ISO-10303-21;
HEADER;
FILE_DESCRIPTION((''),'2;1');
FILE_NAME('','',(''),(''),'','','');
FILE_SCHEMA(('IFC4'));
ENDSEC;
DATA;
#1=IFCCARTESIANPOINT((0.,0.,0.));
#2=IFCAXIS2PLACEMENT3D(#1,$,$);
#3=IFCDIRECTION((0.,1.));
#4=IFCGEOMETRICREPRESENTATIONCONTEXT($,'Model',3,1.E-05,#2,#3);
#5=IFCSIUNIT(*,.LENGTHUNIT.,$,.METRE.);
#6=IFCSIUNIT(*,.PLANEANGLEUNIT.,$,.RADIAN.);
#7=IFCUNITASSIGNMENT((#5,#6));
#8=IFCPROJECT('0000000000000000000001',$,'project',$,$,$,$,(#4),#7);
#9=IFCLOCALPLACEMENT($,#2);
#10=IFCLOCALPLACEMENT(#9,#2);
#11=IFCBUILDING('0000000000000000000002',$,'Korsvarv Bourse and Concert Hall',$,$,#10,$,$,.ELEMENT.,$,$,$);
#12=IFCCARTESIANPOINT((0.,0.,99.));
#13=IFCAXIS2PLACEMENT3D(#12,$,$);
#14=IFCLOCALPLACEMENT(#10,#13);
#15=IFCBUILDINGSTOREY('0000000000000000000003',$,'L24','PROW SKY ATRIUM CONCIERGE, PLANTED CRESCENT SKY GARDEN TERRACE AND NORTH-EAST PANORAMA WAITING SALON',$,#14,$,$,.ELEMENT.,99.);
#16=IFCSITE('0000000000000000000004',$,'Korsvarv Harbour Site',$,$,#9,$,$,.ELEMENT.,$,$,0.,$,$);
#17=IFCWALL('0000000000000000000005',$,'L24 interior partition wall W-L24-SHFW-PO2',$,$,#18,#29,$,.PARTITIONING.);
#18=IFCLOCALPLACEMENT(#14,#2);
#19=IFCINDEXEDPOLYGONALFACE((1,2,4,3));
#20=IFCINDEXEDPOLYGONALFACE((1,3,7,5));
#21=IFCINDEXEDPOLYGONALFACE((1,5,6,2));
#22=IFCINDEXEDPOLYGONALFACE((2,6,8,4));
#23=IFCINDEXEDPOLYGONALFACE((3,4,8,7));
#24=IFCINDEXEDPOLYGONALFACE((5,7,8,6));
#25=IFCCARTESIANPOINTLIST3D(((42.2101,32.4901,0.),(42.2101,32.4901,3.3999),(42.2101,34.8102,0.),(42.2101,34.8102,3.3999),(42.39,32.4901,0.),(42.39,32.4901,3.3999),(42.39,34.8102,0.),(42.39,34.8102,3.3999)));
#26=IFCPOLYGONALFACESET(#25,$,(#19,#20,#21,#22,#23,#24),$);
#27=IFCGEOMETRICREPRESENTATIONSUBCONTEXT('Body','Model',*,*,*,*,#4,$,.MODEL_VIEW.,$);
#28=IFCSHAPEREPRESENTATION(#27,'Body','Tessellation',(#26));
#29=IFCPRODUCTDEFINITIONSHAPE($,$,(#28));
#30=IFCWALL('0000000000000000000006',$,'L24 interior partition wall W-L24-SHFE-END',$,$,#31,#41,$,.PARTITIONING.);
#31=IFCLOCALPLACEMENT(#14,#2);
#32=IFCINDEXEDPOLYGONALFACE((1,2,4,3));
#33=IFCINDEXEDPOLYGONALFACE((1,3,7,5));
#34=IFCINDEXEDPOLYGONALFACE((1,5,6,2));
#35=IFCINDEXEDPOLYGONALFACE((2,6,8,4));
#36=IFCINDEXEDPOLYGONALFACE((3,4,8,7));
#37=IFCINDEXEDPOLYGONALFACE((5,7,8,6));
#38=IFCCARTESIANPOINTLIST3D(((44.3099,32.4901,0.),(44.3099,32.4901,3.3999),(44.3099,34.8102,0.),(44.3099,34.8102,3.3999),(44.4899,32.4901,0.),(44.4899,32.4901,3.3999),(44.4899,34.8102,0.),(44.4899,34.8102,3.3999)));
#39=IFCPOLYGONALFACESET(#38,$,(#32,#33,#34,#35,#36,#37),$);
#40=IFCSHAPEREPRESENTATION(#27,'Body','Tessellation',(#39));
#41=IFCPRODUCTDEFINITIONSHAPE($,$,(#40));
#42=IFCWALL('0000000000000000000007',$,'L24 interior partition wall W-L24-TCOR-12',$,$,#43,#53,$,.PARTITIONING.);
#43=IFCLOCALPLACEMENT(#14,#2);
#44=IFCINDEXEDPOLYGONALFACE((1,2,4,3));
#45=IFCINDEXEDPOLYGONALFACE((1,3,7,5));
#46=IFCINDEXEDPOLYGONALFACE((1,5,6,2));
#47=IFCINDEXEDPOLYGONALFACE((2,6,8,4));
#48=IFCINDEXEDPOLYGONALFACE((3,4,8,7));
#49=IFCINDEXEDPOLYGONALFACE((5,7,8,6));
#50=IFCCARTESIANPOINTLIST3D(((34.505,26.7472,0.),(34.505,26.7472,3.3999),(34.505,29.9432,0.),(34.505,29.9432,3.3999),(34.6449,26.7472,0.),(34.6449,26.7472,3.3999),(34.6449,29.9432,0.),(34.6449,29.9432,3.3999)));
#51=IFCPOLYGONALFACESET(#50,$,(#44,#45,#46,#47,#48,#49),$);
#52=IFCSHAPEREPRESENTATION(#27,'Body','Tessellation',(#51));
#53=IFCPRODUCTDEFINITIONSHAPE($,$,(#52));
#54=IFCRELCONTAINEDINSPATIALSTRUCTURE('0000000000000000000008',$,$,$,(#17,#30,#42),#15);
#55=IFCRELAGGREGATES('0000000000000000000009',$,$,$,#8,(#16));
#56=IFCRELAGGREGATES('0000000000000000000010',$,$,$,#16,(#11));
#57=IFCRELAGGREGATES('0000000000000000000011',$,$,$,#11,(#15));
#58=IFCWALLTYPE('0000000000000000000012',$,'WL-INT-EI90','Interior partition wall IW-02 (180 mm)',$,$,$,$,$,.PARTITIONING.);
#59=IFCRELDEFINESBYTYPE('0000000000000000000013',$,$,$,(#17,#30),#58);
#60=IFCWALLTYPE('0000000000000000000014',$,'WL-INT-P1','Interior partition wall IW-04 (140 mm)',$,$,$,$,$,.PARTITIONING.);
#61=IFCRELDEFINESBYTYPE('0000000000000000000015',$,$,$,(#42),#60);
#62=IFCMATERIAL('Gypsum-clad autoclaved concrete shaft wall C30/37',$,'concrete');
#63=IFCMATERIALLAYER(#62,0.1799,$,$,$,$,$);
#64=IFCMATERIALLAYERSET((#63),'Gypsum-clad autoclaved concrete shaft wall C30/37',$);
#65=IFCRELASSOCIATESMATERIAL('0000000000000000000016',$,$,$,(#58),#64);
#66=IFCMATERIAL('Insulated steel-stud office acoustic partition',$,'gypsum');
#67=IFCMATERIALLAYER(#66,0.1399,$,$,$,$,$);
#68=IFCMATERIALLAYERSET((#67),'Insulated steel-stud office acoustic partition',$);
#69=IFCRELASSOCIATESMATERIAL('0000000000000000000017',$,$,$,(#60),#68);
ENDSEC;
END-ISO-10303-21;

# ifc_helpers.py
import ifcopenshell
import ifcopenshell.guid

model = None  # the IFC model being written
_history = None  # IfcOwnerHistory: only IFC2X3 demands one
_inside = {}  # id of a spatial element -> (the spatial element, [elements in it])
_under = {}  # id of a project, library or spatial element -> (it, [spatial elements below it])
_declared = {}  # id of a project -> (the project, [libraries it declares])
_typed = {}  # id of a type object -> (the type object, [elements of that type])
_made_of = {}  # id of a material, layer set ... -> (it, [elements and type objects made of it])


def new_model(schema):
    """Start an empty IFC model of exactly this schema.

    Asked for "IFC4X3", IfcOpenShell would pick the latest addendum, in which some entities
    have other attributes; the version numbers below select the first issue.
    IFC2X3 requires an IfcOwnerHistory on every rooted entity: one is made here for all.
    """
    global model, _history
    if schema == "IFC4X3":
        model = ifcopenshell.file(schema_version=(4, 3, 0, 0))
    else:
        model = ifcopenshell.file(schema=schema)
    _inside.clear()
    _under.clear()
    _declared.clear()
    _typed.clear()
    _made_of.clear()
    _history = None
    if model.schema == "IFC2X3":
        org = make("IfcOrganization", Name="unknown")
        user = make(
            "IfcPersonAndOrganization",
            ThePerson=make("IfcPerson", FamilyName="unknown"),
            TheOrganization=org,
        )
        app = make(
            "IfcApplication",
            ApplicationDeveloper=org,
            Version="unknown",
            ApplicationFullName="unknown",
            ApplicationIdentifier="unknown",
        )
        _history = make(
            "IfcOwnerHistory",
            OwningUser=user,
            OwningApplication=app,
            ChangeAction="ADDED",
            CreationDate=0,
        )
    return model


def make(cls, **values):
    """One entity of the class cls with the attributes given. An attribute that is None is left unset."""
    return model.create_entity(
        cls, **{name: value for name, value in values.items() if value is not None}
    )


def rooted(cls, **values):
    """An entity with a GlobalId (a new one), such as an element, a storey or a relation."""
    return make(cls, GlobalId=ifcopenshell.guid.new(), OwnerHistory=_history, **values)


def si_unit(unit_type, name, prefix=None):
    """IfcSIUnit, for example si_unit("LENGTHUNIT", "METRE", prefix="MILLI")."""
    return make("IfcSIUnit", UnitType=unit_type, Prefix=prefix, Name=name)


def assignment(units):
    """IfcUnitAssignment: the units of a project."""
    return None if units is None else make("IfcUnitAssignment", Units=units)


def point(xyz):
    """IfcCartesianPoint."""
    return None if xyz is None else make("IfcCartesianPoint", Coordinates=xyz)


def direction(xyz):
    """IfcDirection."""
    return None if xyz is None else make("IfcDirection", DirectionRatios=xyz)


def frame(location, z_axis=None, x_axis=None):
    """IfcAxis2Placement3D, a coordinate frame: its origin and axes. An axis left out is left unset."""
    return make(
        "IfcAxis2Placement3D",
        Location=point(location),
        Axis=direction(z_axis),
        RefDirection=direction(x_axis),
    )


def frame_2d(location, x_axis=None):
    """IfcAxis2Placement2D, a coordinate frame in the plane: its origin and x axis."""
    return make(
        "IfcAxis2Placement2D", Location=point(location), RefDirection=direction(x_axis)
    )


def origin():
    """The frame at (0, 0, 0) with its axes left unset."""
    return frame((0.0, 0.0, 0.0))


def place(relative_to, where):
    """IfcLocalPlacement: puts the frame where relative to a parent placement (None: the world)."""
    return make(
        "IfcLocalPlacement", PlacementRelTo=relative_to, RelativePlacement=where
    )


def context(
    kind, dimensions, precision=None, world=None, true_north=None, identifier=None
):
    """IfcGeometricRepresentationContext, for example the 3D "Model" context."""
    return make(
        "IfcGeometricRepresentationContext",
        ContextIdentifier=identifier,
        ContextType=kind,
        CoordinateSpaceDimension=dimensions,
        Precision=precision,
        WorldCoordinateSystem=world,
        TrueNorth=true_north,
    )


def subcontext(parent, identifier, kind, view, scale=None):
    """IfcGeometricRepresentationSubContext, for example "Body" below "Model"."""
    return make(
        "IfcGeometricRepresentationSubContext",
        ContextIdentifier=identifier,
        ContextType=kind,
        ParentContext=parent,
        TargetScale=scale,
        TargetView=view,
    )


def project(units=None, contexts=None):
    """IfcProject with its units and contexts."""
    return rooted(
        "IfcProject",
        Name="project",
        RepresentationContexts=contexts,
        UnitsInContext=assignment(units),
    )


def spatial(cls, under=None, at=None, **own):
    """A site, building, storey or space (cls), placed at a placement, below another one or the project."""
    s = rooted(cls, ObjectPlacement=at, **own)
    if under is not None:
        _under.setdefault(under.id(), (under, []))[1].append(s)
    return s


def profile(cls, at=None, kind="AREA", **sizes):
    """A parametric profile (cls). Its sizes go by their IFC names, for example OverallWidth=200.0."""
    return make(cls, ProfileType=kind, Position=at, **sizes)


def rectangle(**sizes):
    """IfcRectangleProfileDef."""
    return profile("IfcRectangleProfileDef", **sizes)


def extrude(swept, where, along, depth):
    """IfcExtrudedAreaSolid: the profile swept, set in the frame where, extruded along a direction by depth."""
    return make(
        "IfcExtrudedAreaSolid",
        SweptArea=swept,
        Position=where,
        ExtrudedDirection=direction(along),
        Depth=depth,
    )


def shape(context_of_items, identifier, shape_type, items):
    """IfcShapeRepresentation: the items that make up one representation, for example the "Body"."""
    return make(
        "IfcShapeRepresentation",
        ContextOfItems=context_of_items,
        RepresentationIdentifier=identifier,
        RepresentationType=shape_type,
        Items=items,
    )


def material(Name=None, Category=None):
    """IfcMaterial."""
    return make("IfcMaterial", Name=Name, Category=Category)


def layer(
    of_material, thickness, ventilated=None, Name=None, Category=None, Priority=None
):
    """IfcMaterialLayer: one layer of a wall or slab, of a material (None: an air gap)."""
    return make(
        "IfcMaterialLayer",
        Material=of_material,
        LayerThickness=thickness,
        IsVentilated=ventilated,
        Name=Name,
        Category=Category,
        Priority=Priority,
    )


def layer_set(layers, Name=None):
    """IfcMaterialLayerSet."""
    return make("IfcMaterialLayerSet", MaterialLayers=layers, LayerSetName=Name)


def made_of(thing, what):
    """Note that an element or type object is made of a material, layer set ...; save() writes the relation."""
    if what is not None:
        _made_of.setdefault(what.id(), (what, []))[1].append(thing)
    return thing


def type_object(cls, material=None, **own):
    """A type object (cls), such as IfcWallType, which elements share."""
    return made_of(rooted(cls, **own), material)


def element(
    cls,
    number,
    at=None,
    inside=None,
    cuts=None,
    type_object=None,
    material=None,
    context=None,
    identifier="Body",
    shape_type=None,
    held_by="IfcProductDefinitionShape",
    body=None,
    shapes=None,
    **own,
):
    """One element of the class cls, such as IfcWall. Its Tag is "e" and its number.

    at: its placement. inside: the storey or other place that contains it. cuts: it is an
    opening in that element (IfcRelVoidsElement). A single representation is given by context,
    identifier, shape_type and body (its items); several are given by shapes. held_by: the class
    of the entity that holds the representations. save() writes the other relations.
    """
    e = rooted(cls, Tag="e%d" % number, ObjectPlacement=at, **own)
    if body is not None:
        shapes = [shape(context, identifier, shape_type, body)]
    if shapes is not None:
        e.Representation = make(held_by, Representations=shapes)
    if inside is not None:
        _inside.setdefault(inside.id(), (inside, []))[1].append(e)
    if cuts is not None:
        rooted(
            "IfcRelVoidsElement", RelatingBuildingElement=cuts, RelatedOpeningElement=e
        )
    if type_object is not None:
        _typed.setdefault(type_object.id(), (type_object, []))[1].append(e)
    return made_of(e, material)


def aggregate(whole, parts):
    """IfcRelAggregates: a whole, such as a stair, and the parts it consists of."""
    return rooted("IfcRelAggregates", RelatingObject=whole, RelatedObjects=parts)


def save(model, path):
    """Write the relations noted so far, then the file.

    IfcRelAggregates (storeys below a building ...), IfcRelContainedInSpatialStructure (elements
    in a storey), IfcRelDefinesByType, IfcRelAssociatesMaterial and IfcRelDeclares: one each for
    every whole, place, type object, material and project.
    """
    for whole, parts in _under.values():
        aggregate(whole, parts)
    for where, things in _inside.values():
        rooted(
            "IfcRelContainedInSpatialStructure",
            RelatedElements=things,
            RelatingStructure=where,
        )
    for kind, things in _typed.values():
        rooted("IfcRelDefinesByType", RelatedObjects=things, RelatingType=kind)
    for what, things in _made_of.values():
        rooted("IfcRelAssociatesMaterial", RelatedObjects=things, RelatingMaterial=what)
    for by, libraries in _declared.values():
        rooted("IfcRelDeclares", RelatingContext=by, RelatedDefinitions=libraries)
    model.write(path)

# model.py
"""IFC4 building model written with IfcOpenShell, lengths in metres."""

from ifc_helpers import new_model, si_unit, direction, frame, frame_2d, origin, place, context, subcontext, project, spatial, rectangle, extrude, material, layer, layer_set, type_object, element, save


model = new_model("IFC4")

# Units and contexts
model_context = context("Model", 3, precision=1e-05, world=origin(), true_north=direction((0.0, 1.0)))
body_context = subcontext(model_context, "Body", "Model", "MODEL_VIEW")
ifc_project = project(units=[si_unit("LENGTHUNIT", "METRE"), si_unit("PLANEANGLEUNIT", "RADIAN")], contexts=[model_context])

# Site, building, storey
site_placement = place(None, origin())
site = spatial("IfcSite", under=ifc_project, at=site_placement, Name="Korsvarv Harbour Site", CompositionType="ELEMENT", RefElevation=0.0)
building_placement = place(site_placement, origin())
building = spatial("IfcBuilding", under=site, at=building_placement, Name="Korsvarv Bourse and Concert Hall", CompositionType="ELEMENT")
storey_placement = place(building_placement, frame((0.0, 0.0, 99.0)))
storey = spatial("IfcBuildingStorey", under=building, at=storey_placement, Name="L24", Description="PROW SKY ATRIUM CONCIERGE, PLANTED CRESCENT SKY GARDEN TERRACE AND NORTH-EAST PANORAMA WAITING SALON", CompositionType="ELEMENT", Elevation=99.0)

# Walls
ifc_material_1 = material(Name="Gypsum-clad autoclaved concrete shaft wall C30/37", Category="concrete")
ifc_layer_1 = layer(ifc_material_1, 0.1799)
ifc_layer_set_1 = layer_set([ifc_layer_1], Name="Gypsum-clad autoclaved concrete shaft wall C30/37")
wall_type_1 = type_object("IfcWallType", Name="WL-INT-EI90", Description="Interior partition wall IW-02 (180 mm)", PredefinedType="PARTITIONING", material=ifc_layer_set_1)
for number, where, z_axis, x_axis, name in (
    (1, (42.3, 32.49, 0.0), (0.0, 0.0, 1.0), (0.0, 1.0, 0.0), "L24 interior partition wall W-L24-SHFW-PO2"),
    (2, (44.3999, 32.49, 0.0), (0.0, 0.0, 1.0), (0.0, 1.0, 0.0), "L24 interior partition wall W-L24-SHFE-END"),
):
    element("IfcWall", number, at=place(storey_placement, frame(where, z_axis=z_axis, x_axis=x_axis)), inside=storey, type_object=wall_type_1, Name=name, PredefinedType="PARTITIONING", context=body_context, shape_type="SweptSolid", body=[
        extrude(rectangle(XDim=2.3201, YDim=0.1799, at=frame_2d((1.1602, 0.0))), origin(), (0.0, 0.0, 1.0), 3.3999),
    ])
ifc_material_2 = material(Name="Insulated steel-stud office acoustic partition", Category="gypsum")
ifc_layer_2 = layer(ifc_material_2, 0.1399)
ifc_layer_set_2 = layer_set([ifc_layer_2], Name="Insulated steel-stud office acoustic partition")
wall_type_2 = type_object("IfcWallType", Name="WL-INT-P1", Description="Interior partition wall IW-04 (140 mm)", PredefinedType="PARTITIONING", material=ifc_layer_set_2)
wall_1_placement = place(storey_placement, frame((34.575, 26.7471, 0.0), z_axis=(0.0, 0.0, 1.0), x_axis=(0.0, 1.0, 0.0)))
element("IfcWall", 3, at=wall_1_placement, inside=storey, type_object=wall_type_2, Name="L24 interior partition wall W-L24-TCOR-12", PredefinedType="PARTITIONING", context=body_context, shape_type="SweptSolid", body=[
    extrude(rectangle(XDim=3.196, YDim=0.1399, at=frame_2d((1.5981, 0.0))), origin(), (0.0, 0.0, 1.0), 3.3999),
])

save(model, "model.ifc")
